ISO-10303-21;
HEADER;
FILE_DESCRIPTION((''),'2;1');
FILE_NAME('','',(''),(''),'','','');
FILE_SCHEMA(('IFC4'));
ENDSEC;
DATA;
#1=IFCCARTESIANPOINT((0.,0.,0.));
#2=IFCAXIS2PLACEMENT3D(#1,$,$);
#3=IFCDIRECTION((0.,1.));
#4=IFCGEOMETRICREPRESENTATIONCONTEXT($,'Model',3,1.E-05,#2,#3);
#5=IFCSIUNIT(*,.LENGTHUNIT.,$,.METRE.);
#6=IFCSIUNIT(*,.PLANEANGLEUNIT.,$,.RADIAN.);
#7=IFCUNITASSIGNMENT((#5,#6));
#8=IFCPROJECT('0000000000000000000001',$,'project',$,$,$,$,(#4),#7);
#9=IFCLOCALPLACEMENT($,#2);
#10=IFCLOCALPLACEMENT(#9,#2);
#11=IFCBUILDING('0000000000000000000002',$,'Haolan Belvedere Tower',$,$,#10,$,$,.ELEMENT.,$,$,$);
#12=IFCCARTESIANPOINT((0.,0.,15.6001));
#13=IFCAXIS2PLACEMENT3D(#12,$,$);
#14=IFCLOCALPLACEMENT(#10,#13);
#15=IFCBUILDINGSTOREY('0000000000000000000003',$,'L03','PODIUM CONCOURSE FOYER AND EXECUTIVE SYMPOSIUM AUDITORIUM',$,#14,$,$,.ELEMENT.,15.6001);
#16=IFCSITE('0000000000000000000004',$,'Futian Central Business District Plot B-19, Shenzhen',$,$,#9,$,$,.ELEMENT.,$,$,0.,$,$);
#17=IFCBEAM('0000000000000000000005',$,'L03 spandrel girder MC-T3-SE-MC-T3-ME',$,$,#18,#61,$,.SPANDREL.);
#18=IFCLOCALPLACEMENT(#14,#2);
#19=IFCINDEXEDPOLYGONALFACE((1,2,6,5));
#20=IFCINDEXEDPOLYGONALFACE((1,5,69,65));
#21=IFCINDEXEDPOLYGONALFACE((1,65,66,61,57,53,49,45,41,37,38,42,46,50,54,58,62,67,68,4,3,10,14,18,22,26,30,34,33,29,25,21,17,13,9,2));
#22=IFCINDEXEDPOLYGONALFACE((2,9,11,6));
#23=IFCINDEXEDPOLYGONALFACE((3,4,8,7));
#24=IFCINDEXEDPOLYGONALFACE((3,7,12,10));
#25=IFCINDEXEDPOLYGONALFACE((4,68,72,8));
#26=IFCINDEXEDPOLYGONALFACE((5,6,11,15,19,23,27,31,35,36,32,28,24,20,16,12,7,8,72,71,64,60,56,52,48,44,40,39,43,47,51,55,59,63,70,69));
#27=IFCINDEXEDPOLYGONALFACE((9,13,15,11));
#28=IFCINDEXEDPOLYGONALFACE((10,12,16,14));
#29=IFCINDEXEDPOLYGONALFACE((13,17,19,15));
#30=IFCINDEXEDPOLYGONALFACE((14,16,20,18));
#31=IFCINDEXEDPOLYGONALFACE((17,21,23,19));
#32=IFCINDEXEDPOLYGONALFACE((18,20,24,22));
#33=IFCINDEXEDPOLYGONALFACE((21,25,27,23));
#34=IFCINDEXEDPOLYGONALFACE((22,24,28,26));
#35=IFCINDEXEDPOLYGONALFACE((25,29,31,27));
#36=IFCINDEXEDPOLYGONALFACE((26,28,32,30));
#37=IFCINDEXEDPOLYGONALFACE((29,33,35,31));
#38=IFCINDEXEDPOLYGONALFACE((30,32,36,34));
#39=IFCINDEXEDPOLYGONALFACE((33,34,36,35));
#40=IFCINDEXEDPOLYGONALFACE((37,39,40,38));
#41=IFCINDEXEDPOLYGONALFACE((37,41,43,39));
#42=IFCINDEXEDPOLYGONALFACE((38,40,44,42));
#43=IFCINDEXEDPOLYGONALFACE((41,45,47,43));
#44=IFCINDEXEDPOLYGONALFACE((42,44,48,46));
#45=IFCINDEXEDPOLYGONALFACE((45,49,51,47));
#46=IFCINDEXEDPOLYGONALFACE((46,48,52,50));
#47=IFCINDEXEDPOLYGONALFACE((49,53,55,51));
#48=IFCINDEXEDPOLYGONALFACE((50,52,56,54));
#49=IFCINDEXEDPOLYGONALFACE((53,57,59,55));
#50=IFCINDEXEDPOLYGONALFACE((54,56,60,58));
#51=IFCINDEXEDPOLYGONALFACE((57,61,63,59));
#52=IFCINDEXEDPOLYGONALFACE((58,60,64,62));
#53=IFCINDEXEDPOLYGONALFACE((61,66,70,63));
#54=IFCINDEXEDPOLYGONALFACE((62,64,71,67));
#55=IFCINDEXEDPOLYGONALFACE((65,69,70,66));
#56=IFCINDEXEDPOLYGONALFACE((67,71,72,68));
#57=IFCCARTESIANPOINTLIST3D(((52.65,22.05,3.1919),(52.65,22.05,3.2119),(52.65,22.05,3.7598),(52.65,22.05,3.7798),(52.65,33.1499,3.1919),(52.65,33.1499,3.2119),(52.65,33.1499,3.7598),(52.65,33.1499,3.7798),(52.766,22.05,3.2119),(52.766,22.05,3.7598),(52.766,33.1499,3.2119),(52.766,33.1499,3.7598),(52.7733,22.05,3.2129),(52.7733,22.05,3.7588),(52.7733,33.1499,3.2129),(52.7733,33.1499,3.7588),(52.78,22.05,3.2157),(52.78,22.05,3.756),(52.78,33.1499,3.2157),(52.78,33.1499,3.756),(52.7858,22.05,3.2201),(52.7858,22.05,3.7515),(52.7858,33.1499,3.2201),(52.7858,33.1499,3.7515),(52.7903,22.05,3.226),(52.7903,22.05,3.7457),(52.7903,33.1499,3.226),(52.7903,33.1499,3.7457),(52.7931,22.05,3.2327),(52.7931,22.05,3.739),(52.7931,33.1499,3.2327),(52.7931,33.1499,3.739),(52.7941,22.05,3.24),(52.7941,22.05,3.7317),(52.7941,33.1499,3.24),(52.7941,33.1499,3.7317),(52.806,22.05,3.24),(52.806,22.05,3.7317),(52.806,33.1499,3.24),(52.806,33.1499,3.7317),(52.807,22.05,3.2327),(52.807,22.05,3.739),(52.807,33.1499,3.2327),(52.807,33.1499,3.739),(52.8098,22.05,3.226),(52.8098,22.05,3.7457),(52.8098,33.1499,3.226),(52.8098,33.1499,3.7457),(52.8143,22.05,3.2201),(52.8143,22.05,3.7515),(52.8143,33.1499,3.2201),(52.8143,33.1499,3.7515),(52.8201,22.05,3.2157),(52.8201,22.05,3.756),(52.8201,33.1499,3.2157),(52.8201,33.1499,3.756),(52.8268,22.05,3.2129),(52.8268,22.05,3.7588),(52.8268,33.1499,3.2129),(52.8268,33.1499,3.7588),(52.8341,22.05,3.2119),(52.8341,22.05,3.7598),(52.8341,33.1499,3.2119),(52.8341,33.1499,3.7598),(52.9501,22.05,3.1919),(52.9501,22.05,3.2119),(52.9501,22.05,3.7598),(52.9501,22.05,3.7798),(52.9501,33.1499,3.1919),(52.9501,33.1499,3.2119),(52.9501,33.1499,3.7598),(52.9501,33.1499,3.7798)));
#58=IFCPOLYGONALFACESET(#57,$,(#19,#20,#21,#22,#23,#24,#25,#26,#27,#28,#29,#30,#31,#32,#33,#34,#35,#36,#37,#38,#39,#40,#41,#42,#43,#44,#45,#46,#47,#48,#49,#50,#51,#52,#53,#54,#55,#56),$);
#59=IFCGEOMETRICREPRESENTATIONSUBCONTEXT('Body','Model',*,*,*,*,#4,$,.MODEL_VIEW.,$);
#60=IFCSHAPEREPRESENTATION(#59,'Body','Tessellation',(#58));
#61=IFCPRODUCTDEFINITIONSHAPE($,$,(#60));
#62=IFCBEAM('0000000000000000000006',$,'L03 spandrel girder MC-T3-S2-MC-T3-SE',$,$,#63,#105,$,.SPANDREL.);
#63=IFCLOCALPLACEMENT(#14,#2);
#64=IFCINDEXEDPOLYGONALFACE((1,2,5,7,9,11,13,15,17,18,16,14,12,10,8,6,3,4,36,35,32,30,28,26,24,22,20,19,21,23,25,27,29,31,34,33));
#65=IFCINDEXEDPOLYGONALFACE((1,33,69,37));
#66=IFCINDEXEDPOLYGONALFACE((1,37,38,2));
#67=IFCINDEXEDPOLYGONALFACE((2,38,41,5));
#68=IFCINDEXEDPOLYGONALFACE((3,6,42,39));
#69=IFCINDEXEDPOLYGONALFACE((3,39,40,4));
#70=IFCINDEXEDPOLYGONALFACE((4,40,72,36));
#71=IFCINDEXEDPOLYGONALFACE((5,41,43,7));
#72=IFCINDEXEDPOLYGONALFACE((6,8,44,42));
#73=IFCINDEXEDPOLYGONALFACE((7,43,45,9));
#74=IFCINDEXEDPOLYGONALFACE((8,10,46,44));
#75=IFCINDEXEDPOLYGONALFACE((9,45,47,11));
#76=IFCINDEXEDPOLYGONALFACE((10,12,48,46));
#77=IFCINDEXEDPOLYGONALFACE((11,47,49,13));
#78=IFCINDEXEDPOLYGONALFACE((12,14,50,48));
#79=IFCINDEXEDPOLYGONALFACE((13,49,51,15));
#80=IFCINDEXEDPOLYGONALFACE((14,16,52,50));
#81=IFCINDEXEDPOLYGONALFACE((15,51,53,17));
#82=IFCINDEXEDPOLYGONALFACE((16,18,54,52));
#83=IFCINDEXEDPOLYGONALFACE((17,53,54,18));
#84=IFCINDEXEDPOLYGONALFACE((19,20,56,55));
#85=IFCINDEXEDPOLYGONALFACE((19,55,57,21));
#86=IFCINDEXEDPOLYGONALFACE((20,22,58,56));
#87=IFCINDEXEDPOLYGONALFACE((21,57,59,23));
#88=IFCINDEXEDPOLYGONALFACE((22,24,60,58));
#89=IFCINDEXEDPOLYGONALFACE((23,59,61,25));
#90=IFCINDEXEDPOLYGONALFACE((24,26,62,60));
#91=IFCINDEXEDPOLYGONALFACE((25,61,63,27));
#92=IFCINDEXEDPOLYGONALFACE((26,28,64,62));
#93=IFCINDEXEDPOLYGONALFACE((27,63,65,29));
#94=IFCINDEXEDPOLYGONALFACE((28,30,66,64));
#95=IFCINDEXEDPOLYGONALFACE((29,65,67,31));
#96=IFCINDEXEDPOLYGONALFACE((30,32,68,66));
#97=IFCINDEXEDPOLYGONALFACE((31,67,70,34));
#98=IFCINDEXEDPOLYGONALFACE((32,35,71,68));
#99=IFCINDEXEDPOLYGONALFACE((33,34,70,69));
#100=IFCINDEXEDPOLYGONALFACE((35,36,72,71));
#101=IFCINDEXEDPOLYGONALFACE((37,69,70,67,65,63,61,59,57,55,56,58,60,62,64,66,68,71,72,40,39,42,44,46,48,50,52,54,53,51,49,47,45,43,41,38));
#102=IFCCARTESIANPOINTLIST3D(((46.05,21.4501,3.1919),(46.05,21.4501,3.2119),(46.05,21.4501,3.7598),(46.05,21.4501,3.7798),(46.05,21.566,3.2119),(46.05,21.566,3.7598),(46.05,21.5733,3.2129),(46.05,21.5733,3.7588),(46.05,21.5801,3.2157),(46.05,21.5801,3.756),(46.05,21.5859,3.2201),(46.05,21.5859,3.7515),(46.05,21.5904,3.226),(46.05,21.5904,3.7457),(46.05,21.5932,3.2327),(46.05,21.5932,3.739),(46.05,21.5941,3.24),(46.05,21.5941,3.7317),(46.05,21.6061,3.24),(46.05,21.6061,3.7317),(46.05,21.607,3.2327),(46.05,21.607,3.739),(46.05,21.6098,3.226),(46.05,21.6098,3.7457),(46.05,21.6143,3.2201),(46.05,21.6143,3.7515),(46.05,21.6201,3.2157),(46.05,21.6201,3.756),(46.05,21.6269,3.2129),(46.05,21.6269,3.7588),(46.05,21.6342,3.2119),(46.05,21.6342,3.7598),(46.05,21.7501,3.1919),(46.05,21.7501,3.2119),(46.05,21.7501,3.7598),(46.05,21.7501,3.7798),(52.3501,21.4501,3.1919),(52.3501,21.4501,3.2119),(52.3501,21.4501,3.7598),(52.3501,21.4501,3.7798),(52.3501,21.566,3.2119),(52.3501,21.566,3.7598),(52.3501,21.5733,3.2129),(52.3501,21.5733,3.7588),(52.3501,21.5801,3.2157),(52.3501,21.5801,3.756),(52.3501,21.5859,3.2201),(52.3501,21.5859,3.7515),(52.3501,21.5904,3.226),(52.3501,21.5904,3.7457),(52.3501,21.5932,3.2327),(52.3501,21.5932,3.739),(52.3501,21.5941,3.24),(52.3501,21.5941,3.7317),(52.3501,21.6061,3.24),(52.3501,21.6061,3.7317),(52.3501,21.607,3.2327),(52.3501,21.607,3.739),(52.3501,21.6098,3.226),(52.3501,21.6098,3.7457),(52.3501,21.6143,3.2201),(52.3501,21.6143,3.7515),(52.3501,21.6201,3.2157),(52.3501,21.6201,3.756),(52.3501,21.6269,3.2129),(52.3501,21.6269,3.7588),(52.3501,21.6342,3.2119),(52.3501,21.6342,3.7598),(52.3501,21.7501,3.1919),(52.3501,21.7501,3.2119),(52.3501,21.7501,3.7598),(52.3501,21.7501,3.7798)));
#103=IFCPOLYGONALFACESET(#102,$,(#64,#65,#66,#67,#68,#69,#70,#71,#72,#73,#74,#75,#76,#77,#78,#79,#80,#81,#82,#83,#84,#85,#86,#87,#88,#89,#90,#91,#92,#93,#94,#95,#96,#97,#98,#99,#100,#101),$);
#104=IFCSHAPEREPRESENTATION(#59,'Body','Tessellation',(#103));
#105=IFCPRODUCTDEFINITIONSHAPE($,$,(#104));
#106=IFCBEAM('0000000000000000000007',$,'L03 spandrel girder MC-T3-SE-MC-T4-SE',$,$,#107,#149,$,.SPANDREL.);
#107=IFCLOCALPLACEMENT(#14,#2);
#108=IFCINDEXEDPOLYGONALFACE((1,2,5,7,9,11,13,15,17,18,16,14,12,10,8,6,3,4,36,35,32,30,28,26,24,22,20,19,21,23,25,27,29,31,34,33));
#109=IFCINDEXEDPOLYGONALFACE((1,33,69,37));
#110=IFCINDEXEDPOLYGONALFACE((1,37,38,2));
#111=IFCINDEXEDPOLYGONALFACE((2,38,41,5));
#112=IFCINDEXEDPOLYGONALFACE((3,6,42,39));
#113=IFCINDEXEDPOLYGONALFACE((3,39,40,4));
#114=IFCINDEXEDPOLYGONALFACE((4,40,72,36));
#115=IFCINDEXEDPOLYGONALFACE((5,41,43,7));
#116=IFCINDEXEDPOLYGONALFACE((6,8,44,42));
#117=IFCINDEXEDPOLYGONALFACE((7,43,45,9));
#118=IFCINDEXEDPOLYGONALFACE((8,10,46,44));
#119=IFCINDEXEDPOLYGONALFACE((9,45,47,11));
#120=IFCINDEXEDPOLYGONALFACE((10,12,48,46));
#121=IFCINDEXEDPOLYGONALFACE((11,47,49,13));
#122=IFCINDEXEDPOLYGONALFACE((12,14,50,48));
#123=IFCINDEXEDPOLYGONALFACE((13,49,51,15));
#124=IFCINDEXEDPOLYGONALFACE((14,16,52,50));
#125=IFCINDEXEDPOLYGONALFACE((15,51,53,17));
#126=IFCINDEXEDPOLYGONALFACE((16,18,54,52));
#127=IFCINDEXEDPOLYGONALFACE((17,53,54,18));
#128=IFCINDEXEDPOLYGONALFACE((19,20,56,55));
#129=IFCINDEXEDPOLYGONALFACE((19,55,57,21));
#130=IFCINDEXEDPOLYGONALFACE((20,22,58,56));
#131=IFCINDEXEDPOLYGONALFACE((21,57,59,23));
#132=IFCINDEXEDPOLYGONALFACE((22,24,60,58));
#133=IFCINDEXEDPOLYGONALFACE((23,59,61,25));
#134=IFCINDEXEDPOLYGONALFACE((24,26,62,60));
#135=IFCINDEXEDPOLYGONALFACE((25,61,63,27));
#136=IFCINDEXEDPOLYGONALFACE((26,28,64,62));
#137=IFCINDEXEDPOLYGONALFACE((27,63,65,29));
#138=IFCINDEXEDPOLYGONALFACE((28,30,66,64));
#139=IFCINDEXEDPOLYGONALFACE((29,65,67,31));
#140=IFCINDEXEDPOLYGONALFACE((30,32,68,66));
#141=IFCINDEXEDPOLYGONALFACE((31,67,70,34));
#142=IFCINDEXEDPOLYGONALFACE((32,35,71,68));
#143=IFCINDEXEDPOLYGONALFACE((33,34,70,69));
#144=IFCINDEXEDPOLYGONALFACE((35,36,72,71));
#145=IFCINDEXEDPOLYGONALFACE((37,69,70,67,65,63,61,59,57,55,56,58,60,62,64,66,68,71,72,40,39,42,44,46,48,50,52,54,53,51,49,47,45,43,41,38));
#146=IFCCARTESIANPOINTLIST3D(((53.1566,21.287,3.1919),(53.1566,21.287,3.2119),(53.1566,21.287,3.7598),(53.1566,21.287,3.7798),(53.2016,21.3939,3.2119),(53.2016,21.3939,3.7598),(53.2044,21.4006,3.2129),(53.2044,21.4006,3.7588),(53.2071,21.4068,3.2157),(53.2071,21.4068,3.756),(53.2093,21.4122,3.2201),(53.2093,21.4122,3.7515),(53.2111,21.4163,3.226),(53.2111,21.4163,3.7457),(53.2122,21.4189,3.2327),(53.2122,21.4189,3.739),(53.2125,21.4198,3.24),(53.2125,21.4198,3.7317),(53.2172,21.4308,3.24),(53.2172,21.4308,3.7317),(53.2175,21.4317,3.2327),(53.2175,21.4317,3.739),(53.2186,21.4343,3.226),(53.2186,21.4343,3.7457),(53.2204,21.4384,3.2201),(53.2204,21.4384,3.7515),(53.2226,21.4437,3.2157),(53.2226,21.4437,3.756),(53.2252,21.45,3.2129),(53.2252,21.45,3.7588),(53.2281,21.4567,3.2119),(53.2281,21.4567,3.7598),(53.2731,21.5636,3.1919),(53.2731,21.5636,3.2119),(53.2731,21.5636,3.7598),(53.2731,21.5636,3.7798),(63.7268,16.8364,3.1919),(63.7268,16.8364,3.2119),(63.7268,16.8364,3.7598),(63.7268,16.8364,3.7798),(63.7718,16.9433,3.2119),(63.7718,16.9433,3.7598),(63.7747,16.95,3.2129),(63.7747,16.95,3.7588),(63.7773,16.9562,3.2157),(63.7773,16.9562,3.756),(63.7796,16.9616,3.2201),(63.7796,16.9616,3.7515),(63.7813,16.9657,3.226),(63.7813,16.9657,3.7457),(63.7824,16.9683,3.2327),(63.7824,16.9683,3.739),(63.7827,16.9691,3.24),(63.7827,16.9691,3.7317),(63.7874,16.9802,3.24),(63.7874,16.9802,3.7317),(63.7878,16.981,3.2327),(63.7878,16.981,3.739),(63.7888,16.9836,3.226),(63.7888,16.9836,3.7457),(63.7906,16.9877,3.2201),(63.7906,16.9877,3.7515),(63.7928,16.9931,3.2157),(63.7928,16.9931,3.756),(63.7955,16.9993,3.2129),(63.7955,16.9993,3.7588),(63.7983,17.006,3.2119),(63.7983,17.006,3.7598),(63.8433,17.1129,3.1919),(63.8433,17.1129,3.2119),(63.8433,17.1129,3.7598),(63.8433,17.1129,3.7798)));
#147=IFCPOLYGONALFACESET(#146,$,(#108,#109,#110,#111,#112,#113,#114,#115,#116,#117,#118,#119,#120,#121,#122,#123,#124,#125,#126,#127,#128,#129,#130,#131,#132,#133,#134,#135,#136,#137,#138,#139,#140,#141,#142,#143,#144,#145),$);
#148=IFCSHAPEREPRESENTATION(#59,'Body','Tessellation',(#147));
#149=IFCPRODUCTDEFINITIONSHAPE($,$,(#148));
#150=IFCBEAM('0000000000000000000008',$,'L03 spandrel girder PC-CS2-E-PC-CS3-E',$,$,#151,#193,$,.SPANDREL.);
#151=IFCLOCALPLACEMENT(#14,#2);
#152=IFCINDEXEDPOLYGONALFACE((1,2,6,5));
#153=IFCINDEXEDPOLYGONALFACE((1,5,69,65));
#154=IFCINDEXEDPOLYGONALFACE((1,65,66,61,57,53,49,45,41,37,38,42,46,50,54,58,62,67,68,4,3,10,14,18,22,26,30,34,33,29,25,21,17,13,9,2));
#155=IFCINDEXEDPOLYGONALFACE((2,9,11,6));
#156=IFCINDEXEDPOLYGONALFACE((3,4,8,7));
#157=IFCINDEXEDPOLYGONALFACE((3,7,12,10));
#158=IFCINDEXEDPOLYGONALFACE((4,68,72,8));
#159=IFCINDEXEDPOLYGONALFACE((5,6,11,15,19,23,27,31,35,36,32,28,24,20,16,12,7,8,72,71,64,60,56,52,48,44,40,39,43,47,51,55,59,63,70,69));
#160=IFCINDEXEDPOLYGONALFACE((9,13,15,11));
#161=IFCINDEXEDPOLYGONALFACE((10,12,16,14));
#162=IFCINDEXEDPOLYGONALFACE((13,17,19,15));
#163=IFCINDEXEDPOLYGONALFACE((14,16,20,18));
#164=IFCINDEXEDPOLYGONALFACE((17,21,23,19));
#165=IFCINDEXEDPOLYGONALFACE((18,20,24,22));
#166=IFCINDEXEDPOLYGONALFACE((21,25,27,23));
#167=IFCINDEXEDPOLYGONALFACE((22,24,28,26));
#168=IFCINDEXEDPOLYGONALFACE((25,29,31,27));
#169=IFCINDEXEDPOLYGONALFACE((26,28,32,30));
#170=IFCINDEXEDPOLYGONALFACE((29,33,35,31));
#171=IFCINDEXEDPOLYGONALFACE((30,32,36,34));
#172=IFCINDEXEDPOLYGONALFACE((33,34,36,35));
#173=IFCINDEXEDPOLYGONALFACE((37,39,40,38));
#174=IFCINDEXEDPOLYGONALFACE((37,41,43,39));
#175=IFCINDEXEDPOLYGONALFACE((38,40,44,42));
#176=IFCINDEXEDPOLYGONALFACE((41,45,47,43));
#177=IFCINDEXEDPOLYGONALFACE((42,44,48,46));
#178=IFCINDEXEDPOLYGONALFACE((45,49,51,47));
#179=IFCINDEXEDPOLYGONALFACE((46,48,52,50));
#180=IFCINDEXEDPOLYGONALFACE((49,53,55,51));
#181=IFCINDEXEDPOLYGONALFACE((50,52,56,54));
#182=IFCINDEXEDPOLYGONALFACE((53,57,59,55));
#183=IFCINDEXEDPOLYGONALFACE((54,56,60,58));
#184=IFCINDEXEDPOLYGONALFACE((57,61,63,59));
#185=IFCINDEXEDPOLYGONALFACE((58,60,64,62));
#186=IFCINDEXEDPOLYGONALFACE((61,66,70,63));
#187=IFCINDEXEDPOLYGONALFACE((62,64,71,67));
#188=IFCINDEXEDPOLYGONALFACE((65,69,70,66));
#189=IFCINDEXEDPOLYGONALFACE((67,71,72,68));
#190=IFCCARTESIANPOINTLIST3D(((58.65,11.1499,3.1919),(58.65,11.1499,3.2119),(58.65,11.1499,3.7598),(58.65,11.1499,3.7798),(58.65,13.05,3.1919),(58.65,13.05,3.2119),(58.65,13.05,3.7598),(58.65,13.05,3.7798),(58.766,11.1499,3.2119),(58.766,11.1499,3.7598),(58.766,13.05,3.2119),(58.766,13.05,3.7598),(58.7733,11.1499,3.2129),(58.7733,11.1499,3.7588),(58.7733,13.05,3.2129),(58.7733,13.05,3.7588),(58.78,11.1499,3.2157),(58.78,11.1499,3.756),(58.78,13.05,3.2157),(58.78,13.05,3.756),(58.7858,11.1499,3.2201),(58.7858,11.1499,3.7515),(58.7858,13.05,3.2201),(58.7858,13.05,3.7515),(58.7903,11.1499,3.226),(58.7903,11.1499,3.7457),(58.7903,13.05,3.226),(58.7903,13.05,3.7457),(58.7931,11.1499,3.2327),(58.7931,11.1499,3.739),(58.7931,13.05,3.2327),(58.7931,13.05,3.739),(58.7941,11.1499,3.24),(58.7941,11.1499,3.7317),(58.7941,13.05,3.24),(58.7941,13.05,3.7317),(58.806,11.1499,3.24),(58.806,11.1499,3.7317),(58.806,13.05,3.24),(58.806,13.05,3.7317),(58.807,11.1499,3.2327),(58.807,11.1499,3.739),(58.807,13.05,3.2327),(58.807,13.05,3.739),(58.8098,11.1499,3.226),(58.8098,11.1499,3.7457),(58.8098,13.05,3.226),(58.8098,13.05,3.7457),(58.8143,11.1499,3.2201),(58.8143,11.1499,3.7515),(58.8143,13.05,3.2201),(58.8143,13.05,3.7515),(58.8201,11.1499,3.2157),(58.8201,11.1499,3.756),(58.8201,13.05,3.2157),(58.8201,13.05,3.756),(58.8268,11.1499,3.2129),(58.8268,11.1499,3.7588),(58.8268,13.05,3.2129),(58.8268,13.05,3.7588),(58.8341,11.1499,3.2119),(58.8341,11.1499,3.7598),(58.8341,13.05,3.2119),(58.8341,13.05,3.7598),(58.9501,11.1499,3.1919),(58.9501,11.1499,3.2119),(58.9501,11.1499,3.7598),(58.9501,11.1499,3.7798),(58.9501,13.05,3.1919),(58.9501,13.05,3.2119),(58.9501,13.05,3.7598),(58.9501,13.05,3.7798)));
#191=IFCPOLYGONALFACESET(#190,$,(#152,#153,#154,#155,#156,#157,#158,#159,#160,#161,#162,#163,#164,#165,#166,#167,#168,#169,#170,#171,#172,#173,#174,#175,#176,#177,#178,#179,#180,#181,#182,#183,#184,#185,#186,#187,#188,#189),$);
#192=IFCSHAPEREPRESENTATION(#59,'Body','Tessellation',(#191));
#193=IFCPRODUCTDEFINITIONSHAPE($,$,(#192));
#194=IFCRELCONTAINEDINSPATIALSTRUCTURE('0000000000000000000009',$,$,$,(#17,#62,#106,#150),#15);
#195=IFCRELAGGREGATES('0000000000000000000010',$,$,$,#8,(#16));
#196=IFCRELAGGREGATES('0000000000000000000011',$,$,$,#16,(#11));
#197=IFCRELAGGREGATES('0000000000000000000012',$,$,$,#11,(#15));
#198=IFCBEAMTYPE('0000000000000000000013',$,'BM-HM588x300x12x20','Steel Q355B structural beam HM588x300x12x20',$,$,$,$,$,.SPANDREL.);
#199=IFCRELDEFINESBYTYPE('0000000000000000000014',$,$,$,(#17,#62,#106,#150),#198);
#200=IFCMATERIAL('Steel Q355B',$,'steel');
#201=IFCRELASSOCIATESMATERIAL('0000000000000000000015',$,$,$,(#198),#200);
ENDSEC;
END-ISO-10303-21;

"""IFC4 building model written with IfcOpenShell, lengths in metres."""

from ifc_helpers import new_model, si_unit, direction, frame, origin, origin_2d, place, context, subcontext, project, spatial, i_section, extrude, material, material_profile, profile_set, type_object, element, save


model = new_model("IFC4")

# Units and contexts
model_context = context("Model", 3, precision=1e-05, world=origin(), true_north=direction((0.0, 1.0)))
body_context = subcontext(model_context, "Body", "Model", "MODEL_VIEW")
ifc_project = project(units=[si_unit("LENGTHUNIT", "METRE"), si_unit("PLANEANGLEUNIT", "RADIAN")], contexts=[model_context])

# Site, building, storey
site_placement = place(None, origin())
site = spatial("IfcSite", under=ifc_project, at=site_placement, Name="Futian Central Business District Plot B-19, Shenzhen", CompositionType="ELEMENT", RefElevation=0.0)
building_placement = place(site_placement, origin())
building = spatial("IfcBuilding", under=site, at=building_placement, Name="Haolan Belvedere Tower", CompositionType="ELEMENT")
storey_placement = place(building_placement, frame((0.0, 0.0, 15.6001)))
storey = spatial("IfcBuildingStorey", under=building, at=storey_placement, Name="L03", Description="PODIUM CONCOURSE FOYER AND EXECUTIVE SYMPOSIUM AUDITORIUM", CompositionType="ELEMENT", Elevation=15.6001)

# Shared definitions
ifc_material_1 = material(Name="Steel Q355B", Category="steel")

# Beams
ifc_material_profile_1 = material_profile(ifc_material_1, i_section(OverallWidth=0.3, OverallDepth=0.5879, WebThickness=0.012, FlangeThickness=0.02, FilletRadius=0.0281, at=origin_2d()), Name="Steel Q355B")
ifc_profile_set_1 = profile_set([ifc_material_profile_1], Name="Steel Q355B")
beam_type_1 = type_object("IfcBeamType", Name="BM-HM588x300x12x20", Description="Steel Q355B structural beam HM588x300x12x20", PredefinedType="SPANDREL", material=ifc_profile_set_1)
beam_1_placement = place(storey_placement, frame((52.8, 22.05, 3.4858), z_axis=(0.0, 1.0, 0.0), x_axis=(-1.0, 0.0, 0.0)))
element("IfcBeam", 1, at=beam_1_placement, inside=storey, type_object=beam_type_1, Name="L03 spandrel girder MC-T3-SE-MC-T3-ME", PredefinedType="SPANDREL", context=body_context, shape_type="SweptSolid", body=[
    extrude(i_section(OverallWidth=0.3, OverallDepth=0.5879, WebThickness=0.012, FlangeThickness=0.02, FilletRadius=0.0281, at=origin_2d()), origin(), (0.0, 0.0, 1.0), 11.0999),
])
beam_2_placement = place(storey_placement, frame((46.05, 21.6001, 3.4858), z_axis=(1.0, 0.0, 0.0), x_axis=(0.0, 1.0, 0.0)))
element("IfcBeam", 2, at=beam_2_placement, inside=storey, type_object=beam_type_1, Name="L03 spandrel girder MC-T3-S2-MC-T3-SE", PredefinedType="SPANDREL", context=body_context, shape_type="SweptSolid", body=[
    extrude(i_section(OverallWidth=0.3, OverallDepth=0.5879, WebThickness=0.012, FlangeThickness=0.02, FilletRadius=0.0281, at=origin_2d()), origin(), (0.0, 0.0, 1.0), 6.3),
])
beam_3_placement = place(storey_placement, frame((53.2148, 21.4253, 3.4858), z_axis=(0.921635, -0.388059, 0.0), x_axis=(0.388059, 0.921635, 0.0)))
element("IfcBeam", 3, at=beam_3_placement, inside=storey, type_object=beam_type_1, Name="L03 spandrel girder MC-T3-SE-MC-T4-SE", PredefinedType="SPANDREL", context=body_context, shape_type="SweptSolid", body=[
    extrude(i_section(OverallWidth=0.3, OverallDepth=0.5879, WebThickness=0.012, FlangeThickness=0.02, FilletRadius=0.0281, at=origin_2d()), origin(), (0.0, 0.0, 1.0), 11.469),
])
beam_4_placement = place(storey_placement, frame((58.8, 11.1499, 3.4858), z_axis=(0.0, 1.0, 0.0), x_axis=(-1.0, 0.0, 0.0)))
element("IfcBeam", 4, at=beam_4_placement, inside=storey, type_object=beam_type_1, Name="L03 spandrel girder PC-CS2-E-PC-CS3-E", PredefinedType="SPANDREL", context=body_context, shape_type="SweptSolid", body=[
    extrude(i_section(OverallWidth=0.3, OverallDepth=0.5879, WebThickness=0.012, FlangeThickness=0.02, FilletRadius=0.0281, at=origin_2d()), origin(), (0.0, 0.0, 1.0), 1.9001),
])

save(model, "model.ifc")
